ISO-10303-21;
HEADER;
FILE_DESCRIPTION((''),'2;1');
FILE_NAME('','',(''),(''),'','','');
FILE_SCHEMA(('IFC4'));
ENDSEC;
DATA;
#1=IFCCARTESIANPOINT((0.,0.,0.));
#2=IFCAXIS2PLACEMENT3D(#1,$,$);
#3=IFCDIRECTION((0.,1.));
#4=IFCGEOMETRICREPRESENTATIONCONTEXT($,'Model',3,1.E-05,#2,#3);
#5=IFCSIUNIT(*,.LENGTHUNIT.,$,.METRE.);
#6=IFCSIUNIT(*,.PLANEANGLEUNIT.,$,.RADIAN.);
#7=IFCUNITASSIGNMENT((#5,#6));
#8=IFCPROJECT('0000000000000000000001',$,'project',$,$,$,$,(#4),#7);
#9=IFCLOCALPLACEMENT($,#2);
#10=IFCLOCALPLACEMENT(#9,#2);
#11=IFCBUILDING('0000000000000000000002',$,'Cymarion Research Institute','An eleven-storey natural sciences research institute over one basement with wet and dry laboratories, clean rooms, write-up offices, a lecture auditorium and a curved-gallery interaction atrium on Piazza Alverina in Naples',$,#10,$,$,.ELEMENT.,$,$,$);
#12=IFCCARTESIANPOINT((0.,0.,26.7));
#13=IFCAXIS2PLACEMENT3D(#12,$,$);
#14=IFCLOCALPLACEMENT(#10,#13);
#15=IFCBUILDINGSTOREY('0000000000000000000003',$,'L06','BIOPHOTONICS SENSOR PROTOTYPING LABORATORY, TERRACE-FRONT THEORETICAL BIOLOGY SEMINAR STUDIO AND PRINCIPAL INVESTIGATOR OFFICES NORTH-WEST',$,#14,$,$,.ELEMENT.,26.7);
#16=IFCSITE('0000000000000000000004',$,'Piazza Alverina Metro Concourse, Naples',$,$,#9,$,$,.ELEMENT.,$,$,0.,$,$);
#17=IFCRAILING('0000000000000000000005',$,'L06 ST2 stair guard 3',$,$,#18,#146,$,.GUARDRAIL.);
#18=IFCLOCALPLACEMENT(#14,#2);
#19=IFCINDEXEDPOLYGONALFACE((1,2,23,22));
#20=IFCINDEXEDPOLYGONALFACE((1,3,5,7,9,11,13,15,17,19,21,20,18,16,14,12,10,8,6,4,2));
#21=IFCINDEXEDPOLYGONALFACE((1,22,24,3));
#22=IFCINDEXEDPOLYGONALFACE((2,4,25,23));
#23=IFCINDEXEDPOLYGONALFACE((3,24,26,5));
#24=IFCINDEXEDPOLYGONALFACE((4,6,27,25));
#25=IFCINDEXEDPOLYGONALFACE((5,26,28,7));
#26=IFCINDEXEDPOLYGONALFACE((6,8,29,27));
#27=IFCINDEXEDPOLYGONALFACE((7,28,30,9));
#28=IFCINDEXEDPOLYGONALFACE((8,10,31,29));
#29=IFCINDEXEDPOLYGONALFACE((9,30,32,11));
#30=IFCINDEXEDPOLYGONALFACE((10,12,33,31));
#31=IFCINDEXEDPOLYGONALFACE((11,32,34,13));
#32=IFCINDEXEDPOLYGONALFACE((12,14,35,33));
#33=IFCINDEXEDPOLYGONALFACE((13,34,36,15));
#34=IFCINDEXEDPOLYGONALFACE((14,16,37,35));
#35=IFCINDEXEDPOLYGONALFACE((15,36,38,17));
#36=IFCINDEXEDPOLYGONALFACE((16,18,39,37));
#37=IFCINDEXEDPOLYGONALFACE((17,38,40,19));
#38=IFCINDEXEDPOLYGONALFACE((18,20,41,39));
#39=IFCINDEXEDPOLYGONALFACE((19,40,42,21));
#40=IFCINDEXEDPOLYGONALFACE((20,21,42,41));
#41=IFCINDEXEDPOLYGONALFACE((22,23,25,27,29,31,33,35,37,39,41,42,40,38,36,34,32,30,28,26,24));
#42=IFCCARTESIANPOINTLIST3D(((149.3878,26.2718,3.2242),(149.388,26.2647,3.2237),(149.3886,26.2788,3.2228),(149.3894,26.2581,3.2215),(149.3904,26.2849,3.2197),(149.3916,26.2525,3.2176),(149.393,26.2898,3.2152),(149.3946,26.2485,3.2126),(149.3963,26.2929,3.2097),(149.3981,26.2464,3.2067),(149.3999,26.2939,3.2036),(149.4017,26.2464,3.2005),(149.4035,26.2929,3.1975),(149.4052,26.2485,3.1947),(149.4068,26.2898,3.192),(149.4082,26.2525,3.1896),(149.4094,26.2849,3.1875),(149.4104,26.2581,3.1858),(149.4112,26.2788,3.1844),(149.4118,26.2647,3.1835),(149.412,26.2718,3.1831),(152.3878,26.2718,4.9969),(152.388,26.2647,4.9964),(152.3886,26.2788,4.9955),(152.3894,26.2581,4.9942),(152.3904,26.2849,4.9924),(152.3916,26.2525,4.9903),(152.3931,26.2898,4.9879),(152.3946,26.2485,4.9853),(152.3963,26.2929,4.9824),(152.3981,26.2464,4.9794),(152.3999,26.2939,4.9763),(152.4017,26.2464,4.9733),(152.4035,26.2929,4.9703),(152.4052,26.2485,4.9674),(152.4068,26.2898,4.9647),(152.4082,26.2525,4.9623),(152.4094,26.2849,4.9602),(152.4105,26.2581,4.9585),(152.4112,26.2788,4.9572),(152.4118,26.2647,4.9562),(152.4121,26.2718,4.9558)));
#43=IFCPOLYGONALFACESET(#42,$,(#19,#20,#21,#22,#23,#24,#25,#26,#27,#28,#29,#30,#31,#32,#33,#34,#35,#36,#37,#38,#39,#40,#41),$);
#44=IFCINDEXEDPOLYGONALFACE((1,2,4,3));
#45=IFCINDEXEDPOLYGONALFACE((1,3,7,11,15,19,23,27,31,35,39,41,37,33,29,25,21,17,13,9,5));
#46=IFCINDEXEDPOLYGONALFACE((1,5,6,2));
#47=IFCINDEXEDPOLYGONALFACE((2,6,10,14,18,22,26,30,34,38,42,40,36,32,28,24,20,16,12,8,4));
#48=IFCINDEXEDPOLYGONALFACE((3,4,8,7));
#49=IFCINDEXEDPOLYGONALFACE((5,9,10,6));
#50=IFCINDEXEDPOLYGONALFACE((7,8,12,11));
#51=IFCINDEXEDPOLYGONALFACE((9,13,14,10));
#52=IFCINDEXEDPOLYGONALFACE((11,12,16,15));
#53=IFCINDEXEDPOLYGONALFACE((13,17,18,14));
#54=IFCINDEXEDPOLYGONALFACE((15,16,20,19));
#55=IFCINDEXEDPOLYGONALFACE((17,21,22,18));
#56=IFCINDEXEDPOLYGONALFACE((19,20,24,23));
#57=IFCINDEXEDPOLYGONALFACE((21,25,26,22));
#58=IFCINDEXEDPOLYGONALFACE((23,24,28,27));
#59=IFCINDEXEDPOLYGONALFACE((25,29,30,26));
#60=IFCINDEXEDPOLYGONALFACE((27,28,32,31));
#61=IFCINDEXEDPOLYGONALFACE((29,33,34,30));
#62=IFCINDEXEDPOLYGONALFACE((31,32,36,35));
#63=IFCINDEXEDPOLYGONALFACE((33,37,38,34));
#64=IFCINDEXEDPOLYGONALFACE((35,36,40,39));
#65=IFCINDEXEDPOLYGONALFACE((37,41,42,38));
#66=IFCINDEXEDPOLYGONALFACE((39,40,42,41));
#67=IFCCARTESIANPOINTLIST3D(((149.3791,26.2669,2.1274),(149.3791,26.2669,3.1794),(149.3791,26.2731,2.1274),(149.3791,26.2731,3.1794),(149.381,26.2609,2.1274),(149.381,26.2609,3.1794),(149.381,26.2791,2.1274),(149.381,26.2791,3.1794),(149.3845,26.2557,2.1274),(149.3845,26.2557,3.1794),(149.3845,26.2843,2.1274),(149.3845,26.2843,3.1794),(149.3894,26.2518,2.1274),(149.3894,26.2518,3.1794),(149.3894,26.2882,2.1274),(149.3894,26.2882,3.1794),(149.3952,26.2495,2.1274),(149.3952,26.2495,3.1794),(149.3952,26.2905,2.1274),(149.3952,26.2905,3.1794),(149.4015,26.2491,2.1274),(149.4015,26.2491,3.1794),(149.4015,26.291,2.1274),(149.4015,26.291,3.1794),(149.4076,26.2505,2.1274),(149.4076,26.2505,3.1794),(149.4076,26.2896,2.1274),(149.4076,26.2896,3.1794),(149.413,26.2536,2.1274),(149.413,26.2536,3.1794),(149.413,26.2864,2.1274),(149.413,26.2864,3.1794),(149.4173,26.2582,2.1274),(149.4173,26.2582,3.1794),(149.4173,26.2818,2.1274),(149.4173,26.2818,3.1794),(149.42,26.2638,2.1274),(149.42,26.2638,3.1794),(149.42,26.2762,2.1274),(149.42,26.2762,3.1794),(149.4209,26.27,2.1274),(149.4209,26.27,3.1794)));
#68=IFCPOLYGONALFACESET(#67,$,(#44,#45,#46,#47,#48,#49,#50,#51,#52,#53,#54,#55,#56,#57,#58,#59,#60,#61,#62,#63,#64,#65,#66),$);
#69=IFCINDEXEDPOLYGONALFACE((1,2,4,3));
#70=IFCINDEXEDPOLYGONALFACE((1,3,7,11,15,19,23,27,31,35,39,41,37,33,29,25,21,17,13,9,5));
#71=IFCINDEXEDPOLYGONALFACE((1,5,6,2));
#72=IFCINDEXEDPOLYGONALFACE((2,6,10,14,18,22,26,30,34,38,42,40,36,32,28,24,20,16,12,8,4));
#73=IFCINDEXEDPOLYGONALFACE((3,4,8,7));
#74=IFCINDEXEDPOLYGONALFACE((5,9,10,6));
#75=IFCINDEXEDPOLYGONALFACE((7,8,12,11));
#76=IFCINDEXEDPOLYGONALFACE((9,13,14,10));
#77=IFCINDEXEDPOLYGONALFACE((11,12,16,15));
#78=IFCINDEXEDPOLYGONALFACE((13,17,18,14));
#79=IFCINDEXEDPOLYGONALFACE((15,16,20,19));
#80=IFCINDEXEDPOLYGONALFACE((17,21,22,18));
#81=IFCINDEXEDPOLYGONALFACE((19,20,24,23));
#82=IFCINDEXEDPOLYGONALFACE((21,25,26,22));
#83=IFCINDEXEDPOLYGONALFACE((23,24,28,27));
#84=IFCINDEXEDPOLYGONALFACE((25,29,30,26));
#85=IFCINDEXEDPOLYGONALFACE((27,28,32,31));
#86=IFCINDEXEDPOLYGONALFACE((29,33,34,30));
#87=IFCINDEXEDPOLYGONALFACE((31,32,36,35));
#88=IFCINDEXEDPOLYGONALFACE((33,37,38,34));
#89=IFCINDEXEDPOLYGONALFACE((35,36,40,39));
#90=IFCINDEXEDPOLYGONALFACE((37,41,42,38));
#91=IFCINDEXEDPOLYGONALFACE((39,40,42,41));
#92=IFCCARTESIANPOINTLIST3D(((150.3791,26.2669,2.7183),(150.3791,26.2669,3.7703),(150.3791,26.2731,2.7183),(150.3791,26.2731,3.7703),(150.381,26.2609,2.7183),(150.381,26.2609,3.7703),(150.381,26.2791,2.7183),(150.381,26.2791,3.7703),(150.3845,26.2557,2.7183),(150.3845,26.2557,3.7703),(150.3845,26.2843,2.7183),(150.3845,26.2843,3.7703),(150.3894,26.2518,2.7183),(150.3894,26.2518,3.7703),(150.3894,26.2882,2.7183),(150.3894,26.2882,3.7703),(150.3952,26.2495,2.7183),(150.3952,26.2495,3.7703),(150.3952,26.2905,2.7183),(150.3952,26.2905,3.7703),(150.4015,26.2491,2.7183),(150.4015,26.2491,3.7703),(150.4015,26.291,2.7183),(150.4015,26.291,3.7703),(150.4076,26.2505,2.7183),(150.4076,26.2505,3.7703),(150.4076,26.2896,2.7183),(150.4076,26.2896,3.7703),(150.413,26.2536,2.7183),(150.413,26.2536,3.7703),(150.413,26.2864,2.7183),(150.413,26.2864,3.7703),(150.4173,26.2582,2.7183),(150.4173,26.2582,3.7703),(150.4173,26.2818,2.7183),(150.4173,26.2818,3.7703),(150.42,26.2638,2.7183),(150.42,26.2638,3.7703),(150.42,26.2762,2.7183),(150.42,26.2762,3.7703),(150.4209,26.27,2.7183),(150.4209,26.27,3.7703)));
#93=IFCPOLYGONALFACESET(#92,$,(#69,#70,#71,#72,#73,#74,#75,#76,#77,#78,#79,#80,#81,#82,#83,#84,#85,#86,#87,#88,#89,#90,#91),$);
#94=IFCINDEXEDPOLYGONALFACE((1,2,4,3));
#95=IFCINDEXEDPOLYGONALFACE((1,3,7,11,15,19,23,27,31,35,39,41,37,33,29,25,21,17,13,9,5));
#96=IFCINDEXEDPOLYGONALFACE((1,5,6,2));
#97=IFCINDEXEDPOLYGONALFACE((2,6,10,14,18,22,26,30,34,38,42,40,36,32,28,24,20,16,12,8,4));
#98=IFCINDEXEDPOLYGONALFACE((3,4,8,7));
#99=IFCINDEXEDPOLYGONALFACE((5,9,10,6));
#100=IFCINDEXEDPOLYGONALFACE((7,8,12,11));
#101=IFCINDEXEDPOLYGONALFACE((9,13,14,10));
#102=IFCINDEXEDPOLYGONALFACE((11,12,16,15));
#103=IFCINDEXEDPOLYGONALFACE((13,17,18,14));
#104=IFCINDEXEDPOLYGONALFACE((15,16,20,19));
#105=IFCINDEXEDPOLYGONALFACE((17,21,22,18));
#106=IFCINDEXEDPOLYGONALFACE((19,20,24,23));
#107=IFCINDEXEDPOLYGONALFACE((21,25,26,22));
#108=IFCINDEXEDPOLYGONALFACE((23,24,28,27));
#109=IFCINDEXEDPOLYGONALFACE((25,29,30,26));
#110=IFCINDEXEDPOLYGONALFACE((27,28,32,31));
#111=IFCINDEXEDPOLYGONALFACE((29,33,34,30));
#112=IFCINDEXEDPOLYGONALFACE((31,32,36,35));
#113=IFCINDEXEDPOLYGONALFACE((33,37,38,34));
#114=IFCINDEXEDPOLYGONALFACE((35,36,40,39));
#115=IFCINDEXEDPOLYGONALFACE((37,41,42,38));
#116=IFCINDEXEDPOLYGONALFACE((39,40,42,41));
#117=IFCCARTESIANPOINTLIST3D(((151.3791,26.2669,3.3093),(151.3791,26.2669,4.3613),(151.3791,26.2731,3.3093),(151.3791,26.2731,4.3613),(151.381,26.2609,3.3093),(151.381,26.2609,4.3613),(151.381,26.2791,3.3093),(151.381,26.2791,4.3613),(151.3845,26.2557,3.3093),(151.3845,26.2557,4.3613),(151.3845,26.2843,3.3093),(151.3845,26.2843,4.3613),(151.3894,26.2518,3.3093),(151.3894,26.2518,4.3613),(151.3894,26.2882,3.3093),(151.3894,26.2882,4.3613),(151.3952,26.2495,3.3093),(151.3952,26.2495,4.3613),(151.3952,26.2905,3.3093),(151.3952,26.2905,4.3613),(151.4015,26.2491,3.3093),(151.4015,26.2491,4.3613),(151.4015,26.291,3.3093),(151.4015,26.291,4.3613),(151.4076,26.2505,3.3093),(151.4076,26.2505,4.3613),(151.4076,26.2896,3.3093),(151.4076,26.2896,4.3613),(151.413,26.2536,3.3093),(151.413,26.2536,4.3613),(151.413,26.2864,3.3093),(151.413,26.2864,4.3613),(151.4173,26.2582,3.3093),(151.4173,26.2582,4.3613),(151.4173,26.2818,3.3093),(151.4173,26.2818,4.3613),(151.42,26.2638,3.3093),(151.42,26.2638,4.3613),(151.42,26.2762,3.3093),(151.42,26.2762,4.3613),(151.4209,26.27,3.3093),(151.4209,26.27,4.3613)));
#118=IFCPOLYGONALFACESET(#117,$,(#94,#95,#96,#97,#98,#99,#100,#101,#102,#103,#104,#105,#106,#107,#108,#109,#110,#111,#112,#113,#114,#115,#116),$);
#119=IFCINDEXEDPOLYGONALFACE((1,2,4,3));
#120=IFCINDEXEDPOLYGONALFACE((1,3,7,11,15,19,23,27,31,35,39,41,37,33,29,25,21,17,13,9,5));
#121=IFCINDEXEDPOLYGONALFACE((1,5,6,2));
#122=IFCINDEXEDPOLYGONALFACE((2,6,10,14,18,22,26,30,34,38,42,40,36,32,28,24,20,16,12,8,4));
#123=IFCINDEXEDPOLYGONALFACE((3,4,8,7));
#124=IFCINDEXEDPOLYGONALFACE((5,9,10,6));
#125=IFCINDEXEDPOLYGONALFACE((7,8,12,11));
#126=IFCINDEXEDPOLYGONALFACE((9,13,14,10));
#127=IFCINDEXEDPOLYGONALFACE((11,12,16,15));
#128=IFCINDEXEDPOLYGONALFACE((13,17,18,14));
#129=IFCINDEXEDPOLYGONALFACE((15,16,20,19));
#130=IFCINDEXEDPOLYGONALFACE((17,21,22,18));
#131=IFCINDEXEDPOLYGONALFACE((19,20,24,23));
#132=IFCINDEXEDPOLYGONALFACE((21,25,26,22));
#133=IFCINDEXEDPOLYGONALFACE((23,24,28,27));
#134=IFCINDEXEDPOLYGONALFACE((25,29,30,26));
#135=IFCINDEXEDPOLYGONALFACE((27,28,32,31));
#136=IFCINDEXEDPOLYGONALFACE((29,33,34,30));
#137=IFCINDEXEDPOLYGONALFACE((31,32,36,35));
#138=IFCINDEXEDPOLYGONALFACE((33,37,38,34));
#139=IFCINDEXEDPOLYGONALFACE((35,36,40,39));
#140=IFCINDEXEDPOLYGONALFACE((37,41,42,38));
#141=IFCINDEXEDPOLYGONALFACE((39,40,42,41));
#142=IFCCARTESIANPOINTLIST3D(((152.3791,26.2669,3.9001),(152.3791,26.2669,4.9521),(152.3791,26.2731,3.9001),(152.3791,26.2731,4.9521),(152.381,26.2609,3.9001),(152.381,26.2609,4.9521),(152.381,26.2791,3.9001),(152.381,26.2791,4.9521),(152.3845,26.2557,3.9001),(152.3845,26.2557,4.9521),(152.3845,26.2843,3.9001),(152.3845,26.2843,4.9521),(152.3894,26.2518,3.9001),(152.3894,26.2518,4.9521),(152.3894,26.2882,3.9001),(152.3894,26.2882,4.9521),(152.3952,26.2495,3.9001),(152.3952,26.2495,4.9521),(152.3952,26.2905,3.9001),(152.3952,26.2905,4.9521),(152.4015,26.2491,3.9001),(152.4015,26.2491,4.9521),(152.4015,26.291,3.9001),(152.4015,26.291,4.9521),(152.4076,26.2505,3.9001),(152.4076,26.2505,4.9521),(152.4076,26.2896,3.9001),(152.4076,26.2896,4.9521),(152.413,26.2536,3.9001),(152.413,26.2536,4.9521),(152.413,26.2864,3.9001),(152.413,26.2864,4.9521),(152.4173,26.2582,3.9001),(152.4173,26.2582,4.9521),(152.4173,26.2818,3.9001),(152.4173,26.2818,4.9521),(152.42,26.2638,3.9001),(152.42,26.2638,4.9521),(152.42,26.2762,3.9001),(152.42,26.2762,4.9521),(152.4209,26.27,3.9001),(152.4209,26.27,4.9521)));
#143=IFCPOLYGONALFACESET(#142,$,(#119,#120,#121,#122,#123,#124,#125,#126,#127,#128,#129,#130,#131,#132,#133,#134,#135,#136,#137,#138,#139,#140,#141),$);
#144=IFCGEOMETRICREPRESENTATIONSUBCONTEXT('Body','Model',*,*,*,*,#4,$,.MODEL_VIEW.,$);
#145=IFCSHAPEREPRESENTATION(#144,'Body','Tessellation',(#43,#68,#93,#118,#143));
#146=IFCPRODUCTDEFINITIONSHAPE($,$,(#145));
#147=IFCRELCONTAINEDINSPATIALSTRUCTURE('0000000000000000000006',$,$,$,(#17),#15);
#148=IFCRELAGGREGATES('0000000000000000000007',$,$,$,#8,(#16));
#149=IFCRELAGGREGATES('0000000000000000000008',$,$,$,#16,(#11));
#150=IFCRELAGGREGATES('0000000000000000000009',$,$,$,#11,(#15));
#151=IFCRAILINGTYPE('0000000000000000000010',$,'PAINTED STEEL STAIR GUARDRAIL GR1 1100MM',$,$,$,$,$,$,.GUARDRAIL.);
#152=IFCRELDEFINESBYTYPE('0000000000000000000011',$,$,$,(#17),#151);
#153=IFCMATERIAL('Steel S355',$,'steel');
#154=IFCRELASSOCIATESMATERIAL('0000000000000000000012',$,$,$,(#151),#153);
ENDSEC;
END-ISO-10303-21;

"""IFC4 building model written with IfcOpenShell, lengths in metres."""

from ifc_helpers import new_model, si_unit, direction, frame, origin, origin_2d, place, context, subcontext, project, spatial, circle, extrude, material, type_object, element, save


model = new_model("IFC4")

# Units and contexts
model_context = context("Model", 3, precision=1e-05, world=origin(), true_north=direction((0.0, 1.0)))
body_context = subcontext(model_context, "Body", "Model", "MODEL_VIEW")
ifc_project = project(units=[si_unit("LENGTHUNIT", "METRE"), si_unit("PLANEANGLEUNIT", "RADIAN")], contexts=[model_context])

# Site, building, storey
site_placement = place(None, origin())
site = spatial("IfcSite", under=ifc_project, at=site_placement, Name="Piazza Alverina Metro Concourse, Naples", CompositionType="ELEMENT", RefElevation=0.0)
building_placement = place(site_placement, origin())
building = spatial("IfcBuilding", under=site, at=building_placement, Name="Cymarion Research Institute", Description="An eleven-storey natural sciences research institute over one basement with wet and dry laboratories, clean rooms, write-up offices, a lecture auditorium and a curved-gallery interaction atrium on Piazza Alverina in Naples", CompositionType="ELEMENT")
storey_placement = place(building_placement, frame((0.0, 0.0, 26.7)))
storey = spatial("IfcBuildingStorey", under=building, at=storey_placement, Name="L06", Description="BIOPHOTONICS SENSOR PROTOTYPING LABORATORY, TERRACE-FRONT THEORETICAL BIOLOGY SEMINAR STUDIO AND PRINCIPAL INVESTIGATOR OFFICES NORTH-WEST", CompositionType="ELEMENT", Elevation=26.7)

# Shared definitions
ifc_material_1 = material(Name="Steel S355", Category="steel")

# Railing
railing_type_1 = type_object("IfcRailingType", Name="PAINTED STEEL STAIR GUARDRAIL GR1 1100MM", PredefinedType="GUARDRAIL", material=ifc_material_1)
railing_1_placement = place(storey_placement, frame((149.3999, 26.27, 2.1274)))
element("IfcRailing", 1, at=railing_1_placement, inside=storey, type_object=railing_type_1, Name="L06 ST2 stair guard 3", PredefinedType="GUARDRAIL", context=body_context, shape_type="SweptSolid", body=[
    extrude(circle(Radius=0.0239, at=origin_2d()), frame((0.0, 0.0, 1.0762), z_axis=(0.860929, 0.0, 0.508725), x_axis=(0.0, 1.0, 0.0)), (0.0, 0.0, 1.0), 3.4846),
    extrude(circle(Radius=0.021, at=origin_2d()), origin(), (0.0, 0.0, 1.0), 1.052),
    extrude(circle(Radius=0.021, at=origin_2d()), frame((1.0, 0.0, 0.5908)), (0.0, 0.0, 1.0), 1.052),
    extrude(circle(Radius=0.021, at=origin_2d()), frame((2.0, 0.0, 1.1819)), (0.0, 0.0, 1.0), 1.052),
    extrude(circle(Radius=0.021, at=origin_2d()), frame((3.0, 0.0, 1.7727)), (0.0, 0.0, 1.0), 1.052),
])

save(model, "model.ifc")
